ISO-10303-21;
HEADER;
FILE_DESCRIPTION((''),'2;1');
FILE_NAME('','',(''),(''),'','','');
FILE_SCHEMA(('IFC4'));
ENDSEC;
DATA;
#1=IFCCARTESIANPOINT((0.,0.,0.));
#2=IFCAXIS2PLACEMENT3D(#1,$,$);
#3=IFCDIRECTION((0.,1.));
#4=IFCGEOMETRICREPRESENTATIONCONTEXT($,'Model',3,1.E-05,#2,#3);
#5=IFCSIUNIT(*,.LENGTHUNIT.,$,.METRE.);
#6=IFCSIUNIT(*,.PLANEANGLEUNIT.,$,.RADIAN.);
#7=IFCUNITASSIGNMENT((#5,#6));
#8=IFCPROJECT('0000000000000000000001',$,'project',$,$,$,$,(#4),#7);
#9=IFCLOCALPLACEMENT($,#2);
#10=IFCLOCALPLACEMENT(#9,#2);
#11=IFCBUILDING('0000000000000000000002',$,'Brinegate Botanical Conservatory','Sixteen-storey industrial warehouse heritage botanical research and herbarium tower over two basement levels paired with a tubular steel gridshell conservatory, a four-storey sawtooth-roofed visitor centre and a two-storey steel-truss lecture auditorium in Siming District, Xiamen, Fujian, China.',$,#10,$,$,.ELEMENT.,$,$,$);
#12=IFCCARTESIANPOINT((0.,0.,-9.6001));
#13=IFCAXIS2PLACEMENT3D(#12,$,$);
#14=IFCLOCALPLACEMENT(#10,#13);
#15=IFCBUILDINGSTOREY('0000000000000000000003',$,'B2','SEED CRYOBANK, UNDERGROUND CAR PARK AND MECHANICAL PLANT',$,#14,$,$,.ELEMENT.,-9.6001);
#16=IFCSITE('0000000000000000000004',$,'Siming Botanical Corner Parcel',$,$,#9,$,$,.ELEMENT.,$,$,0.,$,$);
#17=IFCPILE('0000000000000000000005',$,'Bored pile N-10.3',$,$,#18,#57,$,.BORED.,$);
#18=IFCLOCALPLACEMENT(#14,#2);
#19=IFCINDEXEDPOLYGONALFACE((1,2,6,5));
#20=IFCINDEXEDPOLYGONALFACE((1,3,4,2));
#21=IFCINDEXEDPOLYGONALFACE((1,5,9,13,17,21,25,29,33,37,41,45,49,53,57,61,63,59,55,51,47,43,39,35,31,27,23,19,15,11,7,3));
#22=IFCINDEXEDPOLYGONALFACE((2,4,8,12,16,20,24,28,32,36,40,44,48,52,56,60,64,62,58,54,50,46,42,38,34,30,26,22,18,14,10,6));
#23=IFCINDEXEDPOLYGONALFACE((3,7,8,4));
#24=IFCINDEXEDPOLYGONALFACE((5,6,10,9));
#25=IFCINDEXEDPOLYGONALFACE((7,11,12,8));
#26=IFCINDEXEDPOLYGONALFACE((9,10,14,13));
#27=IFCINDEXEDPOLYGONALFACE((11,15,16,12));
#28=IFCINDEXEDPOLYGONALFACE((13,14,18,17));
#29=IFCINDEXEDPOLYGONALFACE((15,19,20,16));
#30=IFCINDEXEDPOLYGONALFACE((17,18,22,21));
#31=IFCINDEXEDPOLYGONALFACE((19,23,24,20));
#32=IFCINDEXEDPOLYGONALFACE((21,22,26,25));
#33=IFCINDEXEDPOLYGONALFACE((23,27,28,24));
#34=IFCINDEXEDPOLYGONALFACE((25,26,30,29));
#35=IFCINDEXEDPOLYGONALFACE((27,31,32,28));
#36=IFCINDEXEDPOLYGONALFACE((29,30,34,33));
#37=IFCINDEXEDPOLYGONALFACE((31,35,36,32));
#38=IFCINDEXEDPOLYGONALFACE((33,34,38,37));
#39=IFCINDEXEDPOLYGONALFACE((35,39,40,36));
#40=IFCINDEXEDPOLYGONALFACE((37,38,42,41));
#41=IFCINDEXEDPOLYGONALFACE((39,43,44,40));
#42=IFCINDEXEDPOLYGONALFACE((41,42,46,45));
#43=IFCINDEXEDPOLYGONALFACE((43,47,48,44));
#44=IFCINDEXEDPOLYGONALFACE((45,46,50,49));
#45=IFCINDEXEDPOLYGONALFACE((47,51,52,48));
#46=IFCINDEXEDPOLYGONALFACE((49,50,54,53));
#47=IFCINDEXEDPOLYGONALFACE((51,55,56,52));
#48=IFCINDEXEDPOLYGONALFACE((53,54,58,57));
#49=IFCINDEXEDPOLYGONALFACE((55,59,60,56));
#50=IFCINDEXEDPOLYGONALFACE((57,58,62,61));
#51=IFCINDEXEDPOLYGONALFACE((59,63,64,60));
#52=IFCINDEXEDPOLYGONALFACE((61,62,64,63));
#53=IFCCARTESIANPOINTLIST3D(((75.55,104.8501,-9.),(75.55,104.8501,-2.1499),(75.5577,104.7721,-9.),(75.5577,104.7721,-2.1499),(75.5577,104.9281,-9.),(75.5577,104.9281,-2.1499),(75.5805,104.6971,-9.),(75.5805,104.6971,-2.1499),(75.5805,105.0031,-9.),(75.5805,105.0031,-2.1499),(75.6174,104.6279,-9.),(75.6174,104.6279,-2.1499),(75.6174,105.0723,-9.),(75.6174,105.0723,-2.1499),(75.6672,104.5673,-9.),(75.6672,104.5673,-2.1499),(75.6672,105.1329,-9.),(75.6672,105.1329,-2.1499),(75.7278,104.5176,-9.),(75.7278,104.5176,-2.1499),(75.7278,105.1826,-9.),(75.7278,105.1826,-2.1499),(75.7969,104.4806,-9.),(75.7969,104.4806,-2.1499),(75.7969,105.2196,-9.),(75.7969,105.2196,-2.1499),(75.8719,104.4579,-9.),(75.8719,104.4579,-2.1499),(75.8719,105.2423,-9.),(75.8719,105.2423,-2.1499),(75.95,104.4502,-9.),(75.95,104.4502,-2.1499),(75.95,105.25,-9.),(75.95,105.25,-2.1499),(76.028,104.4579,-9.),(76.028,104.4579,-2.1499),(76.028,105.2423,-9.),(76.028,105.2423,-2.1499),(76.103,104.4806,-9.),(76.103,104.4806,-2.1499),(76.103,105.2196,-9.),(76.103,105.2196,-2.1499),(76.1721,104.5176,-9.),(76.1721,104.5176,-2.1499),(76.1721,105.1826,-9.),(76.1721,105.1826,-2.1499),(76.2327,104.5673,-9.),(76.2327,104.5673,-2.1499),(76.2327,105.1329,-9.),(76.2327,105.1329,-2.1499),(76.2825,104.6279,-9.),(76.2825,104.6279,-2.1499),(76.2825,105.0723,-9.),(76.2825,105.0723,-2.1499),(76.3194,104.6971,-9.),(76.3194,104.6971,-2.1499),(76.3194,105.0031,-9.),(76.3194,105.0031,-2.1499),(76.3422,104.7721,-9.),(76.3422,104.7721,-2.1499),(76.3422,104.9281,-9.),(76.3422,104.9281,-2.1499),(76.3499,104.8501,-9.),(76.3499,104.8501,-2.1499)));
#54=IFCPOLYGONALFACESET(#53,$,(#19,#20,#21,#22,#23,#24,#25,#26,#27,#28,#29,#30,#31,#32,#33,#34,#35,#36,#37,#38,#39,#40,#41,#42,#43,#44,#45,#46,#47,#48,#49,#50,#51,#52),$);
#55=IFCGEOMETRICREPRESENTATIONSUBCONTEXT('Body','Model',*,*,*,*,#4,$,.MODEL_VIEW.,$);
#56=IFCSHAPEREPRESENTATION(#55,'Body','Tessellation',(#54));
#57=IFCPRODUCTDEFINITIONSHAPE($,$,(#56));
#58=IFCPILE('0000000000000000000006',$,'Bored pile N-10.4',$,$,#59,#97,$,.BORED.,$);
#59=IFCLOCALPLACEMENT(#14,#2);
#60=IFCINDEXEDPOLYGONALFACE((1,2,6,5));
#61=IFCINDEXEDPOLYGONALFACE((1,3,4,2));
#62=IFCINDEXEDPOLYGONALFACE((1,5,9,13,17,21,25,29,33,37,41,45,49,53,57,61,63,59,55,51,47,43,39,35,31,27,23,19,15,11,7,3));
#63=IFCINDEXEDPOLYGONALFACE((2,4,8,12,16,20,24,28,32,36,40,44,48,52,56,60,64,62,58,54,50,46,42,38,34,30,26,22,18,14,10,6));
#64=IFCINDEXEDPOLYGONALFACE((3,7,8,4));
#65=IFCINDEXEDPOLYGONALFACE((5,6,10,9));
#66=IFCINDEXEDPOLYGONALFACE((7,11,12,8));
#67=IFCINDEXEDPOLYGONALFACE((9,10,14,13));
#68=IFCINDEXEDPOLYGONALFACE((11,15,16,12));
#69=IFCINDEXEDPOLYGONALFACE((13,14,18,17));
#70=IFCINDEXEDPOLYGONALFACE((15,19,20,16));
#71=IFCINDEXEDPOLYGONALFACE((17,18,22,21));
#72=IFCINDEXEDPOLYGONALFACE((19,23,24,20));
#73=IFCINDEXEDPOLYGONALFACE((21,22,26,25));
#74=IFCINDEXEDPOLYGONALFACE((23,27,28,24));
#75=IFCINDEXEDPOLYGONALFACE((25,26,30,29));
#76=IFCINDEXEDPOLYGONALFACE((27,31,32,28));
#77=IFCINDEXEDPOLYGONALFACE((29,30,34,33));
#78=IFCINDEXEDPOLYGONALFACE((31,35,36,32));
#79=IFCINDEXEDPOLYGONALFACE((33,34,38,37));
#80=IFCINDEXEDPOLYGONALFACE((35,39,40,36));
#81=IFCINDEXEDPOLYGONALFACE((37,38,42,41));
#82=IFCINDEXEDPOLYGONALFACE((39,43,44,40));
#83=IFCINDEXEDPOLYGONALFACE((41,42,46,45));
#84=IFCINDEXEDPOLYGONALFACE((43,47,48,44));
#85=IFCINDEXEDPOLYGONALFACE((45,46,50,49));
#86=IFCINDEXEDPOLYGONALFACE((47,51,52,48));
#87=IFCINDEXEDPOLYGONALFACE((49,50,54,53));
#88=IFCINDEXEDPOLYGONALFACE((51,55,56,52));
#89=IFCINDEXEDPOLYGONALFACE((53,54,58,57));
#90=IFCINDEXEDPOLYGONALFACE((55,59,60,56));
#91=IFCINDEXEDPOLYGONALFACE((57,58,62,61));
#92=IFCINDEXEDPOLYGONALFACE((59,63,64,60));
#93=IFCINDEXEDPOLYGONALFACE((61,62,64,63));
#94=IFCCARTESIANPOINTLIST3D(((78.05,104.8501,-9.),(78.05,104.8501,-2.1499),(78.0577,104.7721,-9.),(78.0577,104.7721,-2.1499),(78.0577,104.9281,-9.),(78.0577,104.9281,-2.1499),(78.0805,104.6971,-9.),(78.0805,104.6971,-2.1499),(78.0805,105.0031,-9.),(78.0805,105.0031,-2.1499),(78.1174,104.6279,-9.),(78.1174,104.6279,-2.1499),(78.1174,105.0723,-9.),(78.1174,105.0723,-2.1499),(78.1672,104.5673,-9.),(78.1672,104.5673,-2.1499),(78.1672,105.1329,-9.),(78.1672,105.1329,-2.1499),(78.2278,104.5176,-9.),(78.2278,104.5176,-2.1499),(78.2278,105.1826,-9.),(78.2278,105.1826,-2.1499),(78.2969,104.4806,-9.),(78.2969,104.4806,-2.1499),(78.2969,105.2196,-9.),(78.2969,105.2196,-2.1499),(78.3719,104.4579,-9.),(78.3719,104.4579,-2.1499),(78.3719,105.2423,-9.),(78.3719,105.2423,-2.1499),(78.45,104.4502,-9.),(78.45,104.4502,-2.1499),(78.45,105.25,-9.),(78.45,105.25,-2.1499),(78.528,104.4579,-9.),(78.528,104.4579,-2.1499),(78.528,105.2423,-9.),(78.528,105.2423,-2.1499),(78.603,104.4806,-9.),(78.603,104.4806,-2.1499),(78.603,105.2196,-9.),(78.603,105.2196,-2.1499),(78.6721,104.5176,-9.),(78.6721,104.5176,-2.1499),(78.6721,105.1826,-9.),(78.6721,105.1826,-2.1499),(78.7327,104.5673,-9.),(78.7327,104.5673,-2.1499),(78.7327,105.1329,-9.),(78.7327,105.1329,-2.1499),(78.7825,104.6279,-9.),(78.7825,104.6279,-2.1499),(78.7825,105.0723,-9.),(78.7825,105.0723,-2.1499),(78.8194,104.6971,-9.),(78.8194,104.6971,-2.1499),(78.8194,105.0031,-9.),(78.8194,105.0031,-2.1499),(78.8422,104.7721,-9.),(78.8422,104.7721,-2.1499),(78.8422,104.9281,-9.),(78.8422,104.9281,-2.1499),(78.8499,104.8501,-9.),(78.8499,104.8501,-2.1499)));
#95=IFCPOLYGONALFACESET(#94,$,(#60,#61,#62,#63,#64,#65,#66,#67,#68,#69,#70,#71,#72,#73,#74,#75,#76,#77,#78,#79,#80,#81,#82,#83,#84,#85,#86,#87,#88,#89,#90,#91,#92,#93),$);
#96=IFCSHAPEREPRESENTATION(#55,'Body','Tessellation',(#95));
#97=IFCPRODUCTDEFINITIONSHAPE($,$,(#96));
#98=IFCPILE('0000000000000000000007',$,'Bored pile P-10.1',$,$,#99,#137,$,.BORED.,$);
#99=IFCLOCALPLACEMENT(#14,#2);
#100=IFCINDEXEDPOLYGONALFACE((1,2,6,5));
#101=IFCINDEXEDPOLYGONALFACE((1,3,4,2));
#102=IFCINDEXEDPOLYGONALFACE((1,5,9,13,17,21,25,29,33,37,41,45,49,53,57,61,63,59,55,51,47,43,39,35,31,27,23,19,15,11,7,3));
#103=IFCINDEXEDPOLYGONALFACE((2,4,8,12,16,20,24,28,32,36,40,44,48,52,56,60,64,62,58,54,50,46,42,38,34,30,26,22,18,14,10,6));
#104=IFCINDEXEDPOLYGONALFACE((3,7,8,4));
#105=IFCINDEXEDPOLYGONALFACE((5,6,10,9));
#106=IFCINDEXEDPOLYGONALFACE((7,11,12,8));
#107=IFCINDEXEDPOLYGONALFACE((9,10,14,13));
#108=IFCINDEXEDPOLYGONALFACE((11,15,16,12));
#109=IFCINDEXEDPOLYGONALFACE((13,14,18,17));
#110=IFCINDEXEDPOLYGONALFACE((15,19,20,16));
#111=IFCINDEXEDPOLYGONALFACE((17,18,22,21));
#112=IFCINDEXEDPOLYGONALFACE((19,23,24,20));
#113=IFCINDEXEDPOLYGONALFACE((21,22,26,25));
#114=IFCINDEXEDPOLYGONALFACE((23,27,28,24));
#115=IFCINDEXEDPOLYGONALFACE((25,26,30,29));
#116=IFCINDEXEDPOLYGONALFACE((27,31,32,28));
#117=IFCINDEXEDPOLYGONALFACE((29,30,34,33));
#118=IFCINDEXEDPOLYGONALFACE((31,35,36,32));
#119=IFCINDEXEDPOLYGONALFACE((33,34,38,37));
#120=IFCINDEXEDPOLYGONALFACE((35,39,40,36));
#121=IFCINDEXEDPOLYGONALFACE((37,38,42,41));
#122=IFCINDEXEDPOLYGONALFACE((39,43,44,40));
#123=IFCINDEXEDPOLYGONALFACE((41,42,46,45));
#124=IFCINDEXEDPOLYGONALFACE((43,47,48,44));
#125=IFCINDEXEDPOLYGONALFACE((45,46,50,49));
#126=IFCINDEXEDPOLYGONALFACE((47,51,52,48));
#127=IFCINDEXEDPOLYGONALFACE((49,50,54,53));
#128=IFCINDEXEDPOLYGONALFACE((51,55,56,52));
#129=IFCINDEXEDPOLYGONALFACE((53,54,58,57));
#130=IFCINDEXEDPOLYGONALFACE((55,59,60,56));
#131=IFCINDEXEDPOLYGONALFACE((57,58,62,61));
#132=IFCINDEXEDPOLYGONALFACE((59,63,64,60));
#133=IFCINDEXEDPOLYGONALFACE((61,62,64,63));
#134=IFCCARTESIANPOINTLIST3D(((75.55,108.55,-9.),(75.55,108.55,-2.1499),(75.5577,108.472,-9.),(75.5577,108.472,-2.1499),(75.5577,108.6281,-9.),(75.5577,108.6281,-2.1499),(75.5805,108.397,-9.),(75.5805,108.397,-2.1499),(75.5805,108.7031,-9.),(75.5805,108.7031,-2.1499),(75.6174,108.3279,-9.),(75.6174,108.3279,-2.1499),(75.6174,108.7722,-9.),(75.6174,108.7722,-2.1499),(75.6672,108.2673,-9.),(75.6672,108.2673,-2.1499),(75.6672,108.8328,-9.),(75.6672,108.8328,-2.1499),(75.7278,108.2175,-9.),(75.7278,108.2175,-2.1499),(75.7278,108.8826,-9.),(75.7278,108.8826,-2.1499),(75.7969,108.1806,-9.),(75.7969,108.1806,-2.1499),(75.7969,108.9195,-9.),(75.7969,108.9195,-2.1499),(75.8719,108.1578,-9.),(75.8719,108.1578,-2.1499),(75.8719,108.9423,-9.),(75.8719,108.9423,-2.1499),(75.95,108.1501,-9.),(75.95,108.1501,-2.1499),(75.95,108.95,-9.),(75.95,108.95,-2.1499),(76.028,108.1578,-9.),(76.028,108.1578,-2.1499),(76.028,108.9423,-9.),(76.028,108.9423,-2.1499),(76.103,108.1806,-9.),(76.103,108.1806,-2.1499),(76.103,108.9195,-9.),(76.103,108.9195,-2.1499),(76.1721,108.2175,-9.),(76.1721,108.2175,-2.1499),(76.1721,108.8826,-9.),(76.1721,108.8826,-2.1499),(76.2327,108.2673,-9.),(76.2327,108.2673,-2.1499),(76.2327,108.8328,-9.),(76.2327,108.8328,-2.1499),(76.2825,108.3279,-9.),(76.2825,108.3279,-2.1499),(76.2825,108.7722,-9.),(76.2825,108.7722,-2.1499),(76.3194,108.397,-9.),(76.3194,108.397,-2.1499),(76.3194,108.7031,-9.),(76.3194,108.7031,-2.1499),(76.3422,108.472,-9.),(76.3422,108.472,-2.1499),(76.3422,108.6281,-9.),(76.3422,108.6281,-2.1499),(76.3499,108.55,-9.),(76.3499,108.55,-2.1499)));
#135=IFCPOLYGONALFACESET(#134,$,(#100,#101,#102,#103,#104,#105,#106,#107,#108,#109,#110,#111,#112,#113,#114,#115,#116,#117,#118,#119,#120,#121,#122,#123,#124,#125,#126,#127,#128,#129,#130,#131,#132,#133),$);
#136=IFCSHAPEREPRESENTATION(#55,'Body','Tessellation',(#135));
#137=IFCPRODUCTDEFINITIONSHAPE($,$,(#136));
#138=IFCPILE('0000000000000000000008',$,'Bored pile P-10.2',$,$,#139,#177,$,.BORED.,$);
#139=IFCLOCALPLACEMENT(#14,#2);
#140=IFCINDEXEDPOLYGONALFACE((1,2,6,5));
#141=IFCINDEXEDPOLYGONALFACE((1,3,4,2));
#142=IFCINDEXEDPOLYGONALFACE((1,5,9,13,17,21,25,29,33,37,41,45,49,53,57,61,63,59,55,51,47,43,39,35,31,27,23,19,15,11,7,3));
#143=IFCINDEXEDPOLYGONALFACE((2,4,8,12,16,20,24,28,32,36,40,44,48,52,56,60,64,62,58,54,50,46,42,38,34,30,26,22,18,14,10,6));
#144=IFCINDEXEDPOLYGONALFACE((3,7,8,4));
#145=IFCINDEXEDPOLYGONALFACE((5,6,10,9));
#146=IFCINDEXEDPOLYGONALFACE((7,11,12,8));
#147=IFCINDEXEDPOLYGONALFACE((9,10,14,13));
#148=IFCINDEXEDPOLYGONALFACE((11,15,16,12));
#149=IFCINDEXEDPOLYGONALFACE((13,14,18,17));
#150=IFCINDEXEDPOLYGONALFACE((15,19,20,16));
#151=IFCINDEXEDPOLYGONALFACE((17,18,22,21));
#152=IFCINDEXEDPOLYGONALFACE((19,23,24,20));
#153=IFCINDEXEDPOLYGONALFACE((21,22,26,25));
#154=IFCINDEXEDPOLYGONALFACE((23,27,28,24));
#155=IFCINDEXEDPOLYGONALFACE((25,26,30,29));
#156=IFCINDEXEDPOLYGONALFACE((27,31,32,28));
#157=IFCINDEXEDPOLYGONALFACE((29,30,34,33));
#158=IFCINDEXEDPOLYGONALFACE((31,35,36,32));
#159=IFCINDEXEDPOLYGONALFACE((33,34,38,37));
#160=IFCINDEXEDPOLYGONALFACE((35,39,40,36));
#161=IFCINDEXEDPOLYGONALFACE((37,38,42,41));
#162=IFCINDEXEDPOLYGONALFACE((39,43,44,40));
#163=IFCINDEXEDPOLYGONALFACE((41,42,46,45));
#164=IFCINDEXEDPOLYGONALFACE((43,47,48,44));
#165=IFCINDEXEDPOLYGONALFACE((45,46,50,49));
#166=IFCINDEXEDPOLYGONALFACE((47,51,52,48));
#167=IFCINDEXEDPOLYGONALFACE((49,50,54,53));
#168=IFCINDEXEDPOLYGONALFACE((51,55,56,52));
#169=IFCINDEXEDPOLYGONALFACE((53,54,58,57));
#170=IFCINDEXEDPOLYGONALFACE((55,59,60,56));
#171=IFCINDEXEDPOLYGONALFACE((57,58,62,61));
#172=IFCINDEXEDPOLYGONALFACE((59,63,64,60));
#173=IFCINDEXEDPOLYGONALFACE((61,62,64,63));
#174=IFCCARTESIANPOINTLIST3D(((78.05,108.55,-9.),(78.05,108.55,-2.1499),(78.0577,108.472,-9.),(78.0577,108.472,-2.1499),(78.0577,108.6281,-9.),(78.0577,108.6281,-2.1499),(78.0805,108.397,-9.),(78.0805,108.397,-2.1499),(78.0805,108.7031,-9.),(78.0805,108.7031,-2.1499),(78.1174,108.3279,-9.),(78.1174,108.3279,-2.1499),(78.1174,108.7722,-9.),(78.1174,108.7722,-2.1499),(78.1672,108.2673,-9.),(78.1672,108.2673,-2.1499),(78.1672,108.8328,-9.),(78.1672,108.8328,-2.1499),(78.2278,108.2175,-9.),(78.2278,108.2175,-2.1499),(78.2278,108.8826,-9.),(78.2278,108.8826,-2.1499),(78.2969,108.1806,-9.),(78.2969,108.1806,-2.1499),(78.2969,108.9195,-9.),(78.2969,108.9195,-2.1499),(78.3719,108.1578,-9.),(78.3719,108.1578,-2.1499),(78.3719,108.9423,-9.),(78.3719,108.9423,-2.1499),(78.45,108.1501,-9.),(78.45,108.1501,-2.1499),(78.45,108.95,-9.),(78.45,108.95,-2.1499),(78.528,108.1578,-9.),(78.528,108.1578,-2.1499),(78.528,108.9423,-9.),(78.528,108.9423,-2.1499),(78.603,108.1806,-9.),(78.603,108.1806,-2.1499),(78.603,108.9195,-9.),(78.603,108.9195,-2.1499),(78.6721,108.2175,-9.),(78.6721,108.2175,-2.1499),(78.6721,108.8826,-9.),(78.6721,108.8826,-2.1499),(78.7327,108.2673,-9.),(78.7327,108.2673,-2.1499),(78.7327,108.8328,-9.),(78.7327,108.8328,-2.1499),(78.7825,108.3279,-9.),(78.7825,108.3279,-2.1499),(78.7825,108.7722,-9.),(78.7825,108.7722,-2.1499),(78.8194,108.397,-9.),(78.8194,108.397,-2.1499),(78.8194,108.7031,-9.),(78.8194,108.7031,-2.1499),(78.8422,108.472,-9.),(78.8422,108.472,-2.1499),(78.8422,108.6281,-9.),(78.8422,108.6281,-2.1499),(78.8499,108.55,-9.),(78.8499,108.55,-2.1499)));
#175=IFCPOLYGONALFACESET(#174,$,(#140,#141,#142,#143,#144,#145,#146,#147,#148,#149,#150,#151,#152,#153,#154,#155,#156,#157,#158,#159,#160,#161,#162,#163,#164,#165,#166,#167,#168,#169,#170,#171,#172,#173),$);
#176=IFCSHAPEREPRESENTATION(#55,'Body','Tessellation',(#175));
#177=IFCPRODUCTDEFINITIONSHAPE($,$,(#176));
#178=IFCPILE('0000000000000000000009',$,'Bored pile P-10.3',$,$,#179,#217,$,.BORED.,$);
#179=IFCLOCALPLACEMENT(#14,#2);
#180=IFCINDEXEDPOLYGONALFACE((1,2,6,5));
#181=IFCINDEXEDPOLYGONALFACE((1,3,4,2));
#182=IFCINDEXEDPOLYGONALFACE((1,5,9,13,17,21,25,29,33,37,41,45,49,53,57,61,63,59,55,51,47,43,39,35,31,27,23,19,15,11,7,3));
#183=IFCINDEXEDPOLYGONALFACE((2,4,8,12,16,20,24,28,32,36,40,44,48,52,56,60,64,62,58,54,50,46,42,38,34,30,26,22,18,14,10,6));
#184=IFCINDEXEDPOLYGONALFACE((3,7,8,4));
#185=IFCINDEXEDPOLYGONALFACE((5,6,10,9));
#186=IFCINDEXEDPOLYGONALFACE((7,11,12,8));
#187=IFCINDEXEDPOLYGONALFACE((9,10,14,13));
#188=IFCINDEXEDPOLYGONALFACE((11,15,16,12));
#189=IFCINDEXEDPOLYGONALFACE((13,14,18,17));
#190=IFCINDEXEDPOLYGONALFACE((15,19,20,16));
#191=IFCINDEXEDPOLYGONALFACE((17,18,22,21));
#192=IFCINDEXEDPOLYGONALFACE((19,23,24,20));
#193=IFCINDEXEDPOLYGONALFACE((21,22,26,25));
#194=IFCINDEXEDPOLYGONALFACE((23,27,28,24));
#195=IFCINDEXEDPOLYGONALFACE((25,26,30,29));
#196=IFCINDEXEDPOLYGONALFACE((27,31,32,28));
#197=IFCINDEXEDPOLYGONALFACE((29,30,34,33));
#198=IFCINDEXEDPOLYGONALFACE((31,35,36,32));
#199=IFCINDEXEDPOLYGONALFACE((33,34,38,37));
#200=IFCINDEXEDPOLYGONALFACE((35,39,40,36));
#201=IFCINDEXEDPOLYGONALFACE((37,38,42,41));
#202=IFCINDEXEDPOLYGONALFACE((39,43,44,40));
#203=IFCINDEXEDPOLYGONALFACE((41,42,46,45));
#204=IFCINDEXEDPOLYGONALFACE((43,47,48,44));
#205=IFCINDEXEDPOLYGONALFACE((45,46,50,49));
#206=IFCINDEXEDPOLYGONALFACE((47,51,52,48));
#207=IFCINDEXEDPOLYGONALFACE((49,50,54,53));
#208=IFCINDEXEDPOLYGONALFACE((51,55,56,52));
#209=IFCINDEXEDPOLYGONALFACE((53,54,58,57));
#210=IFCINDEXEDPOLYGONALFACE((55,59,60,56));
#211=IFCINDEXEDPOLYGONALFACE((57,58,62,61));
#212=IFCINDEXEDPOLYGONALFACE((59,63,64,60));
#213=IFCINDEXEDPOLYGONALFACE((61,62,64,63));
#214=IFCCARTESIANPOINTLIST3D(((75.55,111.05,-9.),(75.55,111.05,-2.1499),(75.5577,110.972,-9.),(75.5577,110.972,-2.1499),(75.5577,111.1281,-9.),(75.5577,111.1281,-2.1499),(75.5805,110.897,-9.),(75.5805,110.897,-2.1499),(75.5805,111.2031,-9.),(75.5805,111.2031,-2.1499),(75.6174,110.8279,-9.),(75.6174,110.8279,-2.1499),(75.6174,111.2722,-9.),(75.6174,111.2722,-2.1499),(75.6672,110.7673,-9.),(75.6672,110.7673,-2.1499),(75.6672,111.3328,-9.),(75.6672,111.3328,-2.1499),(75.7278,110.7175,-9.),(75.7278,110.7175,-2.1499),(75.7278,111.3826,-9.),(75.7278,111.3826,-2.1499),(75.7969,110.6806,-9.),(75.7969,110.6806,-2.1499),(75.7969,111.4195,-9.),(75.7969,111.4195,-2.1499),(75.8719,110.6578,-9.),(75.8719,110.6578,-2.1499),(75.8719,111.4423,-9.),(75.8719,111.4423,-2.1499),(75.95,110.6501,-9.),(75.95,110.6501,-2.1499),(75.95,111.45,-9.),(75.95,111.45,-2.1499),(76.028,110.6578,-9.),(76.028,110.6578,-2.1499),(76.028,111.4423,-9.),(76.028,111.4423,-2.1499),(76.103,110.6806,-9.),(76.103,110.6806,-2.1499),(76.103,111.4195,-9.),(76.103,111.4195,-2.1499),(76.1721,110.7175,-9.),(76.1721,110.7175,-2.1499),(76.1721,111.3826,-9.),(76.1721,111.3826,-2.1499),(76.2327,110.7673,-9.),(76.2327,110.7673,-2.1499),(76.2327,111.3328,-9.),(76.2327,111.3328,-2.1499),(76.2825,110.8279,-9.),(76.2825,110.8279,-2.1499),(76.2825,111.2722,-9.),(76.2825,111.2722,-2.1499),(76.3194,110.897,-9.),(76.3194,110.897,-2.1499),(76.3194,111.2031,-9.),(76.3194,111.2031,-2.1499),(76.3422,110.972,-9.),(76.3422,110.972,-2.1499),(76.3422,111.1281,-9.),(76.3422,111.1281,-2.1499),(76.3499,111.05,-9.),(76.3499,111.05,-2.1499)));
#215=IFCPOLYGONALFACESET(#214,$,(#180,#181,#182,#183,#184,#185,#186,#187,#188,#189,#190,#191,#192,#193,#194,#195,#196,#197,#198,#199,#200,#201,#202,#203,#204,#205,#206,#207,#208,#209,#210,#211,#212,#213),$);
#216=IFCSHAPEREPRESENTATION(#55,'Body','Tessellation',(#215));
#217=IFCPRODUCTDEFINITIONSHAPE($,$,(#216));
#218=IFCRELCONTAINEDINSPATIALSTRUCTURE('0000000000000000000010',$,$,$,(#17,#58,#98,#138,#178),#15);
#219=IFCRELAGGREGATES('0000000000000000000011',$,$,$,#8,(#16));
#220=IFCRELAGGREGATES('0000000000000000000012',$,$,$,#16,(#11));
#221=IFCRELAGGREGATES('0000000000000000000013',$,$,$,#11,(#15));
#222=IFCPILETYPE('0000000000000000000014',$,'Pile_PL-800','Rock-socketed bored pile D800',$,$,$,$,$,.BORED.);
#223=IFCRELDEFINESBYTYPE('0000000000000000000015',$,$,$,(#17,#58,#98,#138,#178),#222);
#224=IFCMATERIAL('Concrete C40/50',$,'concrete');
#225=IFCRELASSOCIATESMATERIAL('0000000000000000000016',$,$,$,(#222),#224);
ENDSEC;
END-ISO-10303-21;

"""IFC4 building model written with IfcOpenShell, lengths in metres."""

from ifc_helpers import new_model, si_unit, direction, frame, origin, origin_2d, place, context, subcontext, project, spatial, circle, extrude, material, material_profile, profile_set, type_object, element, save


model = new_model("IFC4")

# Units and contexts
model_context = context("Model", 3, precision=1e-05, world=origin(), true_north=direction((0.0, 1.0)))
body_context = subcontext(model_context, "Body", "Model", "MODEL_VIEW")
ifc_project = project(units=[si_unit("LENGTHUNIT", "METRE"), si_unit("PLANEANGLEUNIT", "RADIAN")], contexts=[model_context])

# Site, building, storey
site_placement = place(None, origin())
site = spatial("IfcSite", under=ifc_project, at=site_placement, Name="Siming Botanical Corner Parcel", CompositionType="ELEMENT", RefElevation=0.0)
building_placement = place(site_placement, origin())
building = spatial("IfcBuilding", under=site, at=building_placement, Name="Brinegate Botanical Conservatory", Description="Sixteen-storey industrial warehouse heritage botanical research and herbarium tower over two basement levels paired with a tubular steel gridshell conservatory, a four-storey sawtooth-roofed visitor centre and a two-storey steel-truss lecture auditorium in Siming District, Xiamen, Fujian, China.", CompositionType="ELEMENT")
storey_placement = place(building_placement, frame((0.0, 0.0, -9.6001)))
storey = spatial("IfcBuildingStorey", under=building, at=storey_placement, Name="B2", Description="SEED CRYOBANK, UNDERGROUND CAR PARK AND MECHANICAL PLANT", CompositionType="ELEMENT", Elevation=-9.6001)

# Shared definitions
ifc_material = material(Name="Concrete C40/50", Category="concrete")

# Piles
ifc_material_profile_1 = material_profile(ifc_material, circle(Radius=0.3999, at=origin_2d()), Name="PILE D800")
ifc_profile_set_1 = profile_set([ifc_material_profile_1], Name="Concrete C40/50")
pile_type = type_object("IfcPileType", Name="Pile_PL-800", Description="Rock-socketed bored pile D800", PredefinedType="BORED", material=ifc_profile_set_1)
for number, where, z_axis, x_axis, name in (
    (1, (75.95, 104.8501, -2.1499), (0.0, 0.0, -1.0), (1.0, 0.0, 0.0), "Bored pile N-10.3"),
    (2, (78.45, 104.8501, -2.1499), (0.0, 0.0, -1.0), (1.0, 0.0, 0.0), "Bored pile N-10.4"),
    (3, (75.95, 108.55, -2.1499), (0.0, 0.0, -1.0), (1.0, 0.0, 0.0), "Bored pile P-10.1"),
    (4, (78.45, 108.55, -2.1499), (0.0, 0.0, -1.0), (1.0, 0.0, 0.0), "Bored pile P-10.2"),
    (5, (75.95, 111.05, -2.1499), (0.0, 0.0, -1.0), (1.0, 0.0, 0.0), "Bored pile P-10.3"),
):
    element("IfcPile", number, at=place(storey_placement, frame(where, z_axis=z_axis, x_axis=x_axis)), inside=storey, type_object=pile_type, Name=name, PredefinedType="BORED", context=body_context, shape_type="SweptSolid", body=[
        extrude(circle(Radius=0.3999, at=origin_2d()), origin(), (0.0, 0.0, 1.0), 6.8501),
    ])

save(model, "model.ifc")
